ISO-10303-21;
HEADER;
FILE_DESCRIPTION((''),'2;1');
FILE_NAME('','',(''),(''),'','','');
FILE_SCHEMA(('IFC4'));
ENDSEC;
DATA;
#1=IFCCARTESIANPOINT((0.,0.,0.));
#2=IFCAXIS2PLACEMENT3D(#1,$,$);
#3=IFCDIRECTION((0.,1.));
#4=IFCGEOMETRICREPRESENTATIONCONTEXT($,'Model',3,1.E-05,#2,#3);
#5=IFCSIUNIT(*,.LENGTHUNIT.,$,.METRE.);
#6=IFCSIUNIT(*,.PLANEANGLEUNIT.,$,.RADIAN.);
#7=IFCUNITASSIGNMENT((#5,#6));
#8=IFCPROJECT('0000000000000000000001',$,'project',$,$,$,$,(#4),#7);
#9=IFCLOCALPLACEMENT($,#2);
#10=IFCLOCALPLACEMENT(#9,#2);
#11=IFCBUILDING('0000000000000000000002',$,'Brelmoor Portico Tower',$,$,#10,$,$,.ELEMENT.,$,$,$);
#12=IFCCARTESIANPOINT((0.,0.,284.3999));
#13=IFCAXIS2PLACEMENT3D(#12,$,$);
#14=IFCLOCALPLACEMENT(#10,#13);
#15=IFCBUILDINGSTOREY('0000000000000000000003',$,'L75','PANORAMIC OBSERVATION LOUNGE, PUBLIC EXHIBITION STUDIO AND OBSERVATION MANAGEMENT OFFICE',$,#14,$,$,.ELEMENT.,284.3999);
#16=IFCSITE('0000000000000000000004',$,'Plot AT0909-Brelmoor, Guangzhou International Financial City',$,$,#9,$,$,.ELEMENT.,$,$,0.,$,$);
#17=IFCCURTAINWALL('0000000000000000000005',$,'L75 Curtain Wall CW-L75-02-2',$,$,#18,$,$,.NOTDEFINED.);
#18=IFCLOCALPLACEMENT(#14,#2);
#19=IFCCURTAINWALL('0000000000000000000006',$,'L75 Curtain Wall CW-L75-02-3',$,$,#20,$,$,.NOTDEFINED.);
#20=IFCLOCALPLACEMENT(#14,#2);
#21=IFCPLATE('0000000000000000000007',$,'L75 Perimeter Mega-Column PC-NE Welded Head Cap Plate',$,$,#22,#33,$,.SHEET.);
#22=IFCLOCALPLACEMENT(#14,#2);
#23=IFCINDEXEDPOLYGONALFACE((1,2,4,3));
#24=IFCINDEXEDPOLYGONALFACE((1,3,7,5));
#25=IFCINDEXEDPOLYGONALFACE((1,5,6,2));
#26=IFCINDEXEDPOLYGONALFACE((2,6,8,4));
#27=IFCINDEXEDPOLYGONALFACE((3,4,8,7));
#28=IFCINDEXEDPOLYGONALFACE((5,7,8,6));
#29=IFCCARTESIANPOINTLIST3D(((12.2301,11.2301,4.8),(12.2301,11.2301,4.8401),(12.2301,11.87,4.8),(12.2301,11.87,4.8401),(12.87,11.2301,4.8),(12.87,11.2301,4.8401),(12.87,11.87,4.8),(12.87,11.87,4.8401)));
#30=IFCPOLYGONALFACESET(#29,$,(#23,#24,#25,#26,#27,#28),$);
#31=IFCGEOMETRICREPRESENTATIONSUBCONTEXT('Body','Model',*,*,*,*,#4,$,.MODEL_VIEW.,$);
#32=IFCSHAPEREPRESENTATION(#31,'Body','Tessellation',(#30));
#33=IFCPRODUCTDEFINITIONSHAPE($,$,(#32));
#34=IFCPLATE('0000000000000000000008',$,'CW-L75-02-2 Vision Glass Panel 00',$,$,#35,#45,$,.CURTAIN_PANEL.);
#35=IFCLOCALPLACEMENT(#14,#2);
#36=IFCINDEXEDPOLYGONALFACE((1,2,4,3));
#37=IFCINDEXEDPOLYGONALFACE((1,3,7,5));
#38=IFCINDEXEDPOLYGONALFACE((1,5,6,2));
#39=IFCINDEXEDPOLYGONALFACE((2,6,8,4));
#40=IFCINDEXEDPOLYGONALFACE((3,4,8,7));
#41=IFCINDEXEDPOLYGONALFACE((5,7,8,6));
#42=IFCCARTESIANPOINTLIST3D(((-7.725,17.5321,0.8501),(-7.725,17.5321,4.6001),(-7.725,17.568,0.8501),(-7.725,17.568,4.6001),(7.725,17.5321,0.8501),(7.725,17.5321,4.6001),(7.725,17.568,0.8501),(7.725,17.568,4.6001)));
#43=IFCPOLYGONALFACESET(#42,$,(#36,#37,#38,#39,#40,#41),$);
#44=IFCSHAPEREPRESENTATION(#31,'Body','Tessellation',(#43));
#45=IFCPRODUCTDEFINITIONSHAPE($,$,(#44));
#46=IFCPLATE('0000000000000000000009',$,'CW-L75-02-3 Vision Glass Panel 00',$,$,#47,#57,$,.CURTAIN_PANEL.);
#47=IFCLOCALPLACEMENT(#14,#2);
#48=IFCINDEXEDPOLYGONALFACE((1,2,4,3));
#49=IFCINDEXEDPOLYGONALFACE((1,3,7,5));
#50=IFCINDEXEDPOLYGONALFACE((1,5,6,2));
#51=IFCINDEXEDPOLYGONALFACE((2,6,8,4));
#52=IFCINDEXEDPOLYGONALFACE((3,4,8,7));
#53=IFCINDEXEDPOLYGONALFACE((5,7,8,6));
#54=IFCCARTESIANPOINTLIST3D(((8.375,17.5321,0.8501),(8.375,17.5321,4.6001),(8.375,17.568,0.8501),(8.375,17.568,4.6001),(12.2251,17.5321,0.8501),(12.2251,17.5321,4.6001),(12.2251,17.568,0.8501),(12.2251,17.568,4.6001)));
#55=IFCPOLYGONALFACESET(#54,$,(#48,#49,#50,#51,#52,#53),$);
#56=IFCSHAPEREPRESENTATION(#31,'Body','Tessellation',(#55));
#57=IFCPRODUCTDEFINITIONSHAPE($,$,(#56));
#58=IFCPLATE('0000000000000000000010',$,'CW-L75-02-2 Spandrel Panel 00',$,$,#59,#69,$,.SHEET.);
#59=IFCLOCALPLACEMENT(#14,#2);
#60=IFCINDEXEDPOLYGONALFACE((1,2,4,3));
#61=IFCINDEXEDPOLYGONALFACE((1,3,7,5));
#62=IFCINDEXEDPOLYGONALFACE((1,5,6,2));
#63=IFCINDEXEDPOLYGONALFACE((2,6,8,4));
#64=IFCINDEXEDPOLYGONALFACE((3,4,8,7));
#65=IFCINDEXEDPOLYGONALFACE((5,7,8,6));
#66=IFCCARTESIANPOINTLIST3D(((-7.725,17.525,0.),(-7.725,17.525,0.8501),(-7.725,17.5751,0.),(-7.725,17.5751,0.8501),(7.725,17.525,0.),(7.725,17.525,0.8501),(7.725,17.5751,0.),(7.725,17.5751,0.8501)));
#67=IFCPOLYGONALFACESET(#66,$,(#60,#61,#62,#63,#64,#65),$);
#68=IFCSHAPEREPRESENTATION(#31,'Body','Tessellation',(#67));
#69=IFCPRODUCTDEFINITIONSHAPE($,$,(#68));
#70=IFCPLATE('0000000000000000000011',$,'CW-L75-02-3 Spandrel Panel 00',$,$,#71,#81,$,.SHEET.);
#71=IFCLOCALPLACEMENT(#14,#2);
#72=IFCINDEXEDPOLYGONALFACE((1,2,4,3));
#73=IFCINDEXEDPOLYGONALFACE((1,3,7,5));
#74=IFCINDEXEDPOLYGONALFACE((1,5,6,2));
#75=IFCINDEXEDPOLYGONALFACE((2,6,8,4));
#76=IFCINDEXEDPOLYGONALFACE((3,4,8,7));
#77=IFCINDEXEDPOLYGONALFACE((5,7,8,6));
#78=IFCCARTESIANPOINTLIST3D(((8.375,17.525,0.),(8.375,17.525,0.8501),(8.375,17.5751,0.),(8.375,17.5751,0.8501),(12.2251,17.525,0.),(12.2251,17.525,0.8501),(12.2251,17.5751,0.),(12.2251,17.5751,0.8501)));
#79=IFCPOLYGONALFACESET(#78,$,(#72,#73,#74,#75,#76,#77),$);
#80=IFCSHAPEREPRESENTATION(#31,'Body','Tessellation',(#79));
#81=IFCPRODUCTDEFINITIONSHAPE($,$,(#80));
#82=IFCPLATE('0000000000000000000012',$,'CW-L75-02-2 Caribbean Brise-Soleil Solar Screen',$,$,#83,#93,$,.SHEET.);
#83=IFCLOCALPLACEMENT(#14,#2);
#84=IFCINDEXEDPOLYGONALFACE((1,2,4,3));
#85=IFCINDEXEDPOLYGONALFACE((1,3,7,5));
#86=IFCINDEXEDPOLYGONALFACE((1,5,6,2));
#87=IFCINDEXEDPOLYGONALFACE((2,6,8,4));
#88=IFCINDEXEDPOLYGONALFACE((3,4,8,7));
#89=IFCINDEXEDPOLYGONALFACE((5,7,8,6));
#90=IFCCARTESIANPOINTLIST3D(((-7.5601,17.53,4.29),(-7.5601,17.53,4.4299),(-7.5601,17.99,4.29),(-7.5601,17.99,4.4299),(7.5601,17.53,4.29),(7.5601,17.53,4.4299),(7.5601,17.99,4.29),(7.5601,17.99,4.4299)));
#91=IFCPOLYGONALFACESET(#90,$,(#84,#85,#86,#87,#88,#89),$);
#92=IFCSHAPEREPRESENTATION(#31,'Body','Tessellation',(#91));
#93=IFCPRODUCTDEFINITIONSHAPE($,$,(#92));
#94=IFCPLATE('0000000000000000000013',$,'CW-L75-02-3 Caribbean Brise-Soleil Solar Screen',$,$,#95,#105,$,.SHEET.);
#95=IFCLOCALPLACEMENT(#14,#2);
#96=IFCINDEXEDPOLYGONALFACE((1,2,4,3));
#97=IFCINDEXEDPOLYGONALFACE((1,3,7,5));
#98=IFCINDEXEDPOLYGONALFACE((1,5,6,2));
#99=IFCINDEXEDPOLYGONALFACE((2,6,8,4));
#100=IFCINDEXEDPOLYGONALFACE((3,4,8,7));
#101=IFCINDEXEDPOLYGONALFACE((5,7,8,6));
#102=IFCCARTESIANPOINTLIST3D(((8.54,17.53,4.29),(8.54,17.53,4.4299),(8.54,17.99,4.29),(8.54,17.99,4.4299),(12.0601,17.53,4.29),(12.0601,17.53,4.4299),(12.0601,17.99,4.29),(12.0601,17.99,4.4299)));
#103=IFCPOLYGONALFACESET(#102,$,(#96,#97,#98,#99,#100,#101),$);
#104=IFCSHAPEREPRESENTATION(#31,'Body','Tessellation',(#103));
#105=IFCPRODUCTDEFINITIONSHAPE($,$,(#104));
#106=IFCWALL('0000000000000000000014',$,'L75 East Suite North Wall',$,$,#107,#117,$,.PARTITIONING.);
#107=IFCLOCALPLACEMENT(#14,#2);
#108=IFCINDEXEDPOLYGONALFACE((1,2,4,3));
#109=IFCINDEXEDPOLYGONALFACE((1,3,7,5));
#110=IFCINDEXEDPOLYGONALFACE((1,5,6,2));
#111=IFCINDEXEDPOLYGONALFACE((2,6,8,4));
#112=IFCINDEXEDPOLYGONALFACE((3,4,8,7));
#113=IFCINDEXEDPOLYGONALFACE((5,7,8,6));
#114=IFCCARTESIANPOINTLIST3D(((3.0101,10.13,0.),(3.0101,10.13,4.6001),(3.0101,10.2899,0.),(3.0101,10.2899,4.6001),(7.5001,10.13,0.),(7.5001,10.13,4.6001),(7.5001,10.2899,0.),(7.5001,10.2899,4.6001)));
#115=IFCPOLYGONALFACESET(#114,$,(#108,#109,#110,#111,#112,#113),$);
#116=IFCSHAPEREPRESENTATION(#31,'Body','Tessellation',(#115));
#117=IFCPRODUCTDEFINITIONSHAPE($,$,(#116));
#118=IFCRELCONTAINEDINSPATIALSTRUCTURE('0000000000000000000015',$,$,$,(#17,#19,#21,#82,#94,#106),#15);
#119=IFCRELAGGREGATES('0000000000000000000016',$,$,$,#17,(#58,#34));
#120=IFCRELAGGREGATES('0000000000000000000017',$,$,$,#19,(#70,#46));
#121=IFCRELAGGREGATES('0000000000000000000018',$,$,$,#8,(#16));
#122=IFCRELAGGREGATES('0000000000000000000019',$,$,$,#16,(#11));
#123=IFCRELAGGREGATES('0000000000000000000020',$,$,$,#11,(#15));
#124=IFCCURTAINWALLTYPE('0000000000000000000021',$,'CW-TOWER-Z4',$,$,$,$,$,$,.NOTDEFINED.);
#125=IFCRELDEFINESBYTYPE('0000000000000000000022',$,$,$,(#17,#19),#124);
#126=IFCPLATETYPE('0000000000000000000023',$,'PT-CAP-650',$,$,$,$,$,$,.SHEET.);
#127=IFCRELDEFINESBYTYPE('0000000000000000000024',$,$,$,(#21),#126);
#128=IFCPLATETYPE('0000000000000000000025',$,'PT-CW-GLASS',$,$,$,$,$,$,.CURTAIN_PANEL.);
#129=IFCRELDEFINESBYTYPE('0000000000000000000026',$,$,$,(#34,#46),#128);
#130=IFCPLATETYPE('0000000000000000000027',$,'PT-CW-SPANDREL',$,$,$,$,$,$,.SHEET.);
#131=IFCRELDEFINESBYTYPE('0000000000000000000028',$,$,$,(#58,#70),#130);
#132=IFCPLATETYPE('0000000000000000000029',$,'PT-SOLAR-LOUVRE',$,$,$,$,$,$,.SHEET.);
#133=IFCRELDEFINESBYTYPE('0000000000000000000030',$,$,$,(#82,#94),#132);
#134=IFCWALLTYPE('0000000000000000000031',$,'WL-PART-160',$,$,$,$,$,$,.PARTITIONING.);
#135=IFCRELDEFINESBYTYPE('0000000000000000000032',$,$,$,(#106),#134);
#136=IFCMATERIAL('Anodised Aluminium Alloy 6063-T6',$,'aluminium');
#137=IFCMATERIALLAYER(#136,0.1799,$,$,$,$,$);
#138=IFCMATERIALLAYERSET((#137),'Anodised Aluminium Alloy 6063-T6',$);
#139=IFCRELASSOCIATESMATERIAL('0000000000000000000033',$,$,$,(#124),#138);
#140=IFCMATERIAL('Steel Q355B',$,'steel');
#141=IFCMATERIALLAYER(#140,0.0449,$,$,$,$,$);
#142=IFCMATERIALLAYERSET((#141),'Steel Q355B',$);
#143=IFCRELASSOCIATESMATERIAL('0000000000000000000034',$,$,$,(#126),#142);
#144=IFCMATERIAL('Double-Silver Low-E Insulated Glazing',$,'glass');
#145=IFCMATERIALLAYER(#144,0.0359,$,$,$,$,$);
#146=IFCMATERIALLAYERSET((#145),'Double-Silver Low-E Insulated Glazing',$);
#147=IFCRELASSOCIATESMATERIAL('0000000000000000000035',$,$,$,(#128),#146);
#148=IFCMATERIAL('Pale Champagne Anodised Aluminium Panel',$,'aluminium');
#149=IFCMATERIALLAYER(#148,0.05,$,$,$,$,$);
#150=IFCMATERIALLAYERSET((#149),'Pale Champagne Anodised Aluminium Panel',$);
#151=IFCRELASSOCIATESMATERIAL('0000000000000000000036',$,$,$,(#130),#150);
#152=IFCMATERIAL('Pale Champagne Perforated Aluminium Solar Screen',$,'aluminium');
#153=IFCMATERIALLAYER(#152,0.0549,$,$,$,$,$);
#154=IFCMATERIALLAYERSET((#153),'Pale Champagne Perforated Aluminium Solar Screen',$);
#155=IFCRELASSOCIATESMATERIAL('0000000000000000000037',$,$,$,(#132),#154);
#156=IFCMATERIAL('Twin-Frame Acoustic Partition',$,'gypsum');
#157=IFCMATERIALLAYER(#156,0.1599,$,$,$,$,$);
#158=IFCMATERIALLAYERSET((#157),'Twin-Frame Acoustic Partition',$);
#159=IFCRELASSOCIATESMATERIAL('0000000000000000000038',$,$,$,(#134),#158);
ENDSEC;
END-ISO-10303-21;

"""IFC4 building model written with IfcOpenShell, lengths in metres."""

from ifc_helpers import new_model, si_unit, direction, frame, frame_2d, origin, origin_2d, place, context, subcontext, project, spatial, rectangle, extrude, material, layer, layer_set, type_object, element, aggregate, save


model = new_model("IFC4")

# Units and contexts
model_context = context("Model", 3, precision=1e-05, world=origin(), true_north=direction((0.0, 1.0)))
body_context = subcontext(model_context, "Body", "Model", "MODEL_VIEW")
ifc_project = project(units=[si_unit("LENGTHUNIT", "METRE"), si_unit("PLANEANGLEUNIT", "RADIAN")], contexts=[model_context])

# Site, building, storey
site_placement = place(None, origin())
site = spatial("IfcSite", under=ifc_project, at=site_placement, Name="Plot AT0909-Brelmoor, Guangzhou International Financial City", CompositionType="ELEMENT", RefElevation=0.0)
building_placement = place(site_placement, origin())
building = spatial("IfcBuilding", under=site, at=building_placement, Name="Brelmoor Portico Tower", CompositionType="ELEMENT")
storey_placement = place(building_placement, frame((0.0, 0.0, 284.3999)))
storey = spatial("IfcBuildingStorey", under=building, at=storey_placement, Name="L75", Description="PANORAMIC OBSERVATION LOUNGE, PUBLIC EXHIBITION STUDIO AND OBSERVATION MANAGEMENT OFFICE", CompositionType="ELEMENT", Elevation=284.3999)

# Shared definitions
ifc_material_1 = material(Name="Steel Q355B", Category="steel")

# Curtain wall
ifc_material_2 = material(Name="Anodised Aluminium Alloy 6063-T6", Category="aluminium")
ifc_layer_1 = layer(ifc_material_2, 0.1799)
ifc_layer_set_1 = layer_set([ifc_layer_1], Name="Anodised Aluminium Alloy 6063-T6")
curtain_wall_type = type_object("IfcCurtainWallType", Name="CW-TOWER-Z4", PredefinedType="NOTDEFINED", material=ifc_layer_set_1)
curtain_wall_1_placement = place(storey_placement, origin())
curtain_wall_1 = element("IfcCurtainWall", 1, at=curtain_wall_1_placement, inside=storey, type_object=curtain_wall_type, Name="L75 Curtain Wall CW-L75-02-2", PredefinedType="NOTDEFINED")

# Curtain wall
curtain_wall_2_placement = place(storey_placement, origin())
curtain_wall_2 = element("IfcCurtainWall", 2, at=curtain_wall_2_placement, inside=storey, type_object=curtain_wall_type, Name="L75 Curtain Wall CW-L75-02-3", PredefinedType="NOTDEFINED")

# Plate
ifc_layer_2 = layer(ifc_material_1, 0.0449)
ifc_layer_set_2 = layer_set([ifc_layer_2], Name="Steel Q355B")
plate_type_1 = type_object("IfcPlateType", Name="PT-CAP-650", PredefinedType="SHEET", material=ifc_layer_set_2)
for number, where, z_axis, x_axis, name in (
    (3, (12.55, 11.55, 4.8), (0.0, 0.0, 1.0), (1.0, 0.0, 0.0), "L75 Perimeter Mega-Column PC-NE Welded Head Cap Plate"),
):
    element("IfcPlate", number, at=place(storey_placement, frame(where, z_axis=z_axis, x_axis=x_axis)), inside=storey, type_object=plate_type_1, Name=name, PredefinedType="SHEET", context=body_context, shape_type="SweptSolid", body=[
        extrude(rectangle(XDim=0.6399, YDim=0.6399, at=origin_2d()), origin(), (0.0, 0.0, 1.0), 0.04),
    ])

# Plates
ifc_material_3 = material(Name="Double-Silver Low-E Insulated Glazing", Category="glass")
ifc_layer_3 = layer(ifc_material_3, 0.0359)
ifc_layer_set_3 = layer_set([ifc_layer_3], Name="Double-Silver Low-E Insulated Glazing")
plate_type_2 = type_object("IfcPlateType", Name="PT-CW-GLASS", PredefinedType="CURTAIN_PANEL", material=ifc_layer_set_3)
plate_1_placement = place(storey_placement, frame((0.0, 17.55, 0.8501), z_axis=(0.0, 0.0, 1.0), x_axis=(1.0, 0.0, 0.0)))
plate_1 = element("IfcPlate", 4, at=plate_1_placement, type_object=plate_type_2, Name="CW-L75-02-2 Vision Glass Panel 00", PredefinedType="CURTAIN_PANEL", context=body_context, shape_type="SweptSolid", body=[
    extrude(rectangle(XDim=15.45, YDim=0.0359, at=origin_2d()), origin(), (0.0, 0.0, 1.0), 3.75),
])
plate_2_placement = place(storey_placement, frame((10.3, 17.55, 0.8501), z_axis=(0.0, 0.0, 1.0), x_axis=(1.0, 0.0, 0.0)))
plate_2 = element("IfcPlate", 5, at=plate_2_placement, type_object=plate_type_2, Name="CW-L75-02-3 Vision Glass Panel 00", PredefinedType="CURTAIN_PANEL", context=body_context, shape_type="SweptSolid", body=[
    extrude(rectangle(XDim=3.8501, YDim=0.0359, at=origin_2d()), origin(), (0.0, 0.0, 1.0), 3.75),
])
ifc_material_4 = material(Name="Pale Champagne Anodised Aluminium Panel", Category="aluminium")
ifc_layer_4 = layer(ifc_material_4, 0.05)
ifc_layer_set_4 = layer_set([ifc_layer_4], Name="Pale Champagne Anodised Aluminium Panel")
plate_type_3 = type_object("IfcPlateType", Name="PT-CW-SPANDREL", PredefinedType="SHEET", material=ifc_layer_set_4)
plate_3_placement = place(storey_placement, frame((0.0, 17.55, 0.0), z_axis=(0.0, 0.0, 1.0), x_axis=(1.0, 0.0, 0.0)))
plate_3 = element("IfcPlate", 6, at=plate_3_placement, type_object=plate_type_3, Name="CW-L75-02-2 Spandrel Panel 00", PredefinedType="SHEET", context=body_context, shape_type="SweptSolid", body=[
    extrude(rectangle(XDim=15.45, YDim=0.05, at=origin_2d()), origin(), (0.0, 0.0, 1.0), 0.8501),
])
aggregate(curtain_wall_1, [plate_3, plate_1])
plate_4_placement = place(storey_placement, frame((10.3, 17.55, 0.0), z_axis=(0.0, 0.0, 1.0), x_axis=(1.0, 0.0, 0.0)))
plate_4 = element("IfcPlate", 7, at=plate_4_placement, type_object=plate_type_3, Name="CW-L75-02-3 Spandrel Panel 00", PredefinedType="SHEET", context=body_context, shape_type="SweptSolid", body=[
    extrude(rectangle(XDim=3.8501, YDim=0.05, at=origin_2d()), origin(), (0.0, 0.0, 1.0), 0.8501),
])
aggregate(curtain_wall_2, [plate_4, plate_2])

# Plates
ifc_material_5 = material(Name="Pale Champagne Perforated Aluminium Solar Screen", Category="aluminium")
ifc_layer_5 = layer(ifc_material_5, 0.0549)
ifc_layer_set_5 = layer_set([ifc_layer_5], Name="Pale Champagne Perforated Aluminium Solar Screen")
plate_type_4 = type_object("IfcPlateType", Name="PT-SOLAR-LOUVRE", PredefinedType="SHEET", material=ifc_layer_set_5)
plate_5_placement = place(storey_placement, frame((0.0, 17.76, 4.29), z_axis=(0.0, 0.0, 1.0), x_axis=(1.0, 0.0, 0.0)))
element("IfcPlate", 8, at=plate_5_placement, inside=storey, type_object=plate_type_4, Name="CW-L75-02-2 Caribbean Brise-Soleil Solar Screen", PredefinedType="SHEET", context=body_context, shape_type="SweptSolid", body=[
    extrude(rectangle(XDim=15.1201, YDim=0.46, at=origin_2d()), origin(), (0.0, 0.0, 1.0), 0.1399),
])
plate_6_placement = place(storey_placement, frame((10.3, 17.76, 4.29), z_axis=(0.0, 0.0, 1.0), x_axis=(1.0, 0.0, 0.0)))
element("IfcPlate", 9, at=plate_6_placement, inside=storey, type_object=plate_type_4, Name="CW-L75-02-3 Caribbean Brise-Soleil Solar Screen", PredefinedType="SHEET", context=body_context, shape_type="SweptSolid", body=[
    extrude(rectangle(XDim=3.52, YDim=0.46, at=origin_2d()), origin(), (0.0, 0.0, 1.0), 0.1399),
])

# Wall
ifc_material_6 = material(Name="Twin-Frame Acoustic Partition", Category="gypsum")
ifc_layer_6 = layer(ifc_material_6, 0.1599)
ifc_layer_set_6 = layer_set([ifc_layer_6], Name="Twin-Frame Acoustic Partition")
wall_type = type_object("IfcWallType", Name="WL-PART-160", PredefinedType="PARTITIONING", material=ifc_layer_set_6)
wall_1_placement = place(storey_placement, frame((3.01, 10.21, 0.0), z_axis=(0.0, 0.0, 1.0), x_axis=(1.0, 0.0, 0.0)))
element("IfcWall", 10, at=wall_1_placement, inside=storey, type_object=wall_type, Name="L75 East Suite North Wall", PredefinedType="PARTITIONING", context=body_context, shape_type="SweptSolid", body=[
    extrude(rectangle(XDim=4.49, YDim=0.1599, at=frame_2d((2.2451, 0.0))), origin(), (0.0, 0.0, 1.0), 4.6001),
])

save(model, "model.ifc")
